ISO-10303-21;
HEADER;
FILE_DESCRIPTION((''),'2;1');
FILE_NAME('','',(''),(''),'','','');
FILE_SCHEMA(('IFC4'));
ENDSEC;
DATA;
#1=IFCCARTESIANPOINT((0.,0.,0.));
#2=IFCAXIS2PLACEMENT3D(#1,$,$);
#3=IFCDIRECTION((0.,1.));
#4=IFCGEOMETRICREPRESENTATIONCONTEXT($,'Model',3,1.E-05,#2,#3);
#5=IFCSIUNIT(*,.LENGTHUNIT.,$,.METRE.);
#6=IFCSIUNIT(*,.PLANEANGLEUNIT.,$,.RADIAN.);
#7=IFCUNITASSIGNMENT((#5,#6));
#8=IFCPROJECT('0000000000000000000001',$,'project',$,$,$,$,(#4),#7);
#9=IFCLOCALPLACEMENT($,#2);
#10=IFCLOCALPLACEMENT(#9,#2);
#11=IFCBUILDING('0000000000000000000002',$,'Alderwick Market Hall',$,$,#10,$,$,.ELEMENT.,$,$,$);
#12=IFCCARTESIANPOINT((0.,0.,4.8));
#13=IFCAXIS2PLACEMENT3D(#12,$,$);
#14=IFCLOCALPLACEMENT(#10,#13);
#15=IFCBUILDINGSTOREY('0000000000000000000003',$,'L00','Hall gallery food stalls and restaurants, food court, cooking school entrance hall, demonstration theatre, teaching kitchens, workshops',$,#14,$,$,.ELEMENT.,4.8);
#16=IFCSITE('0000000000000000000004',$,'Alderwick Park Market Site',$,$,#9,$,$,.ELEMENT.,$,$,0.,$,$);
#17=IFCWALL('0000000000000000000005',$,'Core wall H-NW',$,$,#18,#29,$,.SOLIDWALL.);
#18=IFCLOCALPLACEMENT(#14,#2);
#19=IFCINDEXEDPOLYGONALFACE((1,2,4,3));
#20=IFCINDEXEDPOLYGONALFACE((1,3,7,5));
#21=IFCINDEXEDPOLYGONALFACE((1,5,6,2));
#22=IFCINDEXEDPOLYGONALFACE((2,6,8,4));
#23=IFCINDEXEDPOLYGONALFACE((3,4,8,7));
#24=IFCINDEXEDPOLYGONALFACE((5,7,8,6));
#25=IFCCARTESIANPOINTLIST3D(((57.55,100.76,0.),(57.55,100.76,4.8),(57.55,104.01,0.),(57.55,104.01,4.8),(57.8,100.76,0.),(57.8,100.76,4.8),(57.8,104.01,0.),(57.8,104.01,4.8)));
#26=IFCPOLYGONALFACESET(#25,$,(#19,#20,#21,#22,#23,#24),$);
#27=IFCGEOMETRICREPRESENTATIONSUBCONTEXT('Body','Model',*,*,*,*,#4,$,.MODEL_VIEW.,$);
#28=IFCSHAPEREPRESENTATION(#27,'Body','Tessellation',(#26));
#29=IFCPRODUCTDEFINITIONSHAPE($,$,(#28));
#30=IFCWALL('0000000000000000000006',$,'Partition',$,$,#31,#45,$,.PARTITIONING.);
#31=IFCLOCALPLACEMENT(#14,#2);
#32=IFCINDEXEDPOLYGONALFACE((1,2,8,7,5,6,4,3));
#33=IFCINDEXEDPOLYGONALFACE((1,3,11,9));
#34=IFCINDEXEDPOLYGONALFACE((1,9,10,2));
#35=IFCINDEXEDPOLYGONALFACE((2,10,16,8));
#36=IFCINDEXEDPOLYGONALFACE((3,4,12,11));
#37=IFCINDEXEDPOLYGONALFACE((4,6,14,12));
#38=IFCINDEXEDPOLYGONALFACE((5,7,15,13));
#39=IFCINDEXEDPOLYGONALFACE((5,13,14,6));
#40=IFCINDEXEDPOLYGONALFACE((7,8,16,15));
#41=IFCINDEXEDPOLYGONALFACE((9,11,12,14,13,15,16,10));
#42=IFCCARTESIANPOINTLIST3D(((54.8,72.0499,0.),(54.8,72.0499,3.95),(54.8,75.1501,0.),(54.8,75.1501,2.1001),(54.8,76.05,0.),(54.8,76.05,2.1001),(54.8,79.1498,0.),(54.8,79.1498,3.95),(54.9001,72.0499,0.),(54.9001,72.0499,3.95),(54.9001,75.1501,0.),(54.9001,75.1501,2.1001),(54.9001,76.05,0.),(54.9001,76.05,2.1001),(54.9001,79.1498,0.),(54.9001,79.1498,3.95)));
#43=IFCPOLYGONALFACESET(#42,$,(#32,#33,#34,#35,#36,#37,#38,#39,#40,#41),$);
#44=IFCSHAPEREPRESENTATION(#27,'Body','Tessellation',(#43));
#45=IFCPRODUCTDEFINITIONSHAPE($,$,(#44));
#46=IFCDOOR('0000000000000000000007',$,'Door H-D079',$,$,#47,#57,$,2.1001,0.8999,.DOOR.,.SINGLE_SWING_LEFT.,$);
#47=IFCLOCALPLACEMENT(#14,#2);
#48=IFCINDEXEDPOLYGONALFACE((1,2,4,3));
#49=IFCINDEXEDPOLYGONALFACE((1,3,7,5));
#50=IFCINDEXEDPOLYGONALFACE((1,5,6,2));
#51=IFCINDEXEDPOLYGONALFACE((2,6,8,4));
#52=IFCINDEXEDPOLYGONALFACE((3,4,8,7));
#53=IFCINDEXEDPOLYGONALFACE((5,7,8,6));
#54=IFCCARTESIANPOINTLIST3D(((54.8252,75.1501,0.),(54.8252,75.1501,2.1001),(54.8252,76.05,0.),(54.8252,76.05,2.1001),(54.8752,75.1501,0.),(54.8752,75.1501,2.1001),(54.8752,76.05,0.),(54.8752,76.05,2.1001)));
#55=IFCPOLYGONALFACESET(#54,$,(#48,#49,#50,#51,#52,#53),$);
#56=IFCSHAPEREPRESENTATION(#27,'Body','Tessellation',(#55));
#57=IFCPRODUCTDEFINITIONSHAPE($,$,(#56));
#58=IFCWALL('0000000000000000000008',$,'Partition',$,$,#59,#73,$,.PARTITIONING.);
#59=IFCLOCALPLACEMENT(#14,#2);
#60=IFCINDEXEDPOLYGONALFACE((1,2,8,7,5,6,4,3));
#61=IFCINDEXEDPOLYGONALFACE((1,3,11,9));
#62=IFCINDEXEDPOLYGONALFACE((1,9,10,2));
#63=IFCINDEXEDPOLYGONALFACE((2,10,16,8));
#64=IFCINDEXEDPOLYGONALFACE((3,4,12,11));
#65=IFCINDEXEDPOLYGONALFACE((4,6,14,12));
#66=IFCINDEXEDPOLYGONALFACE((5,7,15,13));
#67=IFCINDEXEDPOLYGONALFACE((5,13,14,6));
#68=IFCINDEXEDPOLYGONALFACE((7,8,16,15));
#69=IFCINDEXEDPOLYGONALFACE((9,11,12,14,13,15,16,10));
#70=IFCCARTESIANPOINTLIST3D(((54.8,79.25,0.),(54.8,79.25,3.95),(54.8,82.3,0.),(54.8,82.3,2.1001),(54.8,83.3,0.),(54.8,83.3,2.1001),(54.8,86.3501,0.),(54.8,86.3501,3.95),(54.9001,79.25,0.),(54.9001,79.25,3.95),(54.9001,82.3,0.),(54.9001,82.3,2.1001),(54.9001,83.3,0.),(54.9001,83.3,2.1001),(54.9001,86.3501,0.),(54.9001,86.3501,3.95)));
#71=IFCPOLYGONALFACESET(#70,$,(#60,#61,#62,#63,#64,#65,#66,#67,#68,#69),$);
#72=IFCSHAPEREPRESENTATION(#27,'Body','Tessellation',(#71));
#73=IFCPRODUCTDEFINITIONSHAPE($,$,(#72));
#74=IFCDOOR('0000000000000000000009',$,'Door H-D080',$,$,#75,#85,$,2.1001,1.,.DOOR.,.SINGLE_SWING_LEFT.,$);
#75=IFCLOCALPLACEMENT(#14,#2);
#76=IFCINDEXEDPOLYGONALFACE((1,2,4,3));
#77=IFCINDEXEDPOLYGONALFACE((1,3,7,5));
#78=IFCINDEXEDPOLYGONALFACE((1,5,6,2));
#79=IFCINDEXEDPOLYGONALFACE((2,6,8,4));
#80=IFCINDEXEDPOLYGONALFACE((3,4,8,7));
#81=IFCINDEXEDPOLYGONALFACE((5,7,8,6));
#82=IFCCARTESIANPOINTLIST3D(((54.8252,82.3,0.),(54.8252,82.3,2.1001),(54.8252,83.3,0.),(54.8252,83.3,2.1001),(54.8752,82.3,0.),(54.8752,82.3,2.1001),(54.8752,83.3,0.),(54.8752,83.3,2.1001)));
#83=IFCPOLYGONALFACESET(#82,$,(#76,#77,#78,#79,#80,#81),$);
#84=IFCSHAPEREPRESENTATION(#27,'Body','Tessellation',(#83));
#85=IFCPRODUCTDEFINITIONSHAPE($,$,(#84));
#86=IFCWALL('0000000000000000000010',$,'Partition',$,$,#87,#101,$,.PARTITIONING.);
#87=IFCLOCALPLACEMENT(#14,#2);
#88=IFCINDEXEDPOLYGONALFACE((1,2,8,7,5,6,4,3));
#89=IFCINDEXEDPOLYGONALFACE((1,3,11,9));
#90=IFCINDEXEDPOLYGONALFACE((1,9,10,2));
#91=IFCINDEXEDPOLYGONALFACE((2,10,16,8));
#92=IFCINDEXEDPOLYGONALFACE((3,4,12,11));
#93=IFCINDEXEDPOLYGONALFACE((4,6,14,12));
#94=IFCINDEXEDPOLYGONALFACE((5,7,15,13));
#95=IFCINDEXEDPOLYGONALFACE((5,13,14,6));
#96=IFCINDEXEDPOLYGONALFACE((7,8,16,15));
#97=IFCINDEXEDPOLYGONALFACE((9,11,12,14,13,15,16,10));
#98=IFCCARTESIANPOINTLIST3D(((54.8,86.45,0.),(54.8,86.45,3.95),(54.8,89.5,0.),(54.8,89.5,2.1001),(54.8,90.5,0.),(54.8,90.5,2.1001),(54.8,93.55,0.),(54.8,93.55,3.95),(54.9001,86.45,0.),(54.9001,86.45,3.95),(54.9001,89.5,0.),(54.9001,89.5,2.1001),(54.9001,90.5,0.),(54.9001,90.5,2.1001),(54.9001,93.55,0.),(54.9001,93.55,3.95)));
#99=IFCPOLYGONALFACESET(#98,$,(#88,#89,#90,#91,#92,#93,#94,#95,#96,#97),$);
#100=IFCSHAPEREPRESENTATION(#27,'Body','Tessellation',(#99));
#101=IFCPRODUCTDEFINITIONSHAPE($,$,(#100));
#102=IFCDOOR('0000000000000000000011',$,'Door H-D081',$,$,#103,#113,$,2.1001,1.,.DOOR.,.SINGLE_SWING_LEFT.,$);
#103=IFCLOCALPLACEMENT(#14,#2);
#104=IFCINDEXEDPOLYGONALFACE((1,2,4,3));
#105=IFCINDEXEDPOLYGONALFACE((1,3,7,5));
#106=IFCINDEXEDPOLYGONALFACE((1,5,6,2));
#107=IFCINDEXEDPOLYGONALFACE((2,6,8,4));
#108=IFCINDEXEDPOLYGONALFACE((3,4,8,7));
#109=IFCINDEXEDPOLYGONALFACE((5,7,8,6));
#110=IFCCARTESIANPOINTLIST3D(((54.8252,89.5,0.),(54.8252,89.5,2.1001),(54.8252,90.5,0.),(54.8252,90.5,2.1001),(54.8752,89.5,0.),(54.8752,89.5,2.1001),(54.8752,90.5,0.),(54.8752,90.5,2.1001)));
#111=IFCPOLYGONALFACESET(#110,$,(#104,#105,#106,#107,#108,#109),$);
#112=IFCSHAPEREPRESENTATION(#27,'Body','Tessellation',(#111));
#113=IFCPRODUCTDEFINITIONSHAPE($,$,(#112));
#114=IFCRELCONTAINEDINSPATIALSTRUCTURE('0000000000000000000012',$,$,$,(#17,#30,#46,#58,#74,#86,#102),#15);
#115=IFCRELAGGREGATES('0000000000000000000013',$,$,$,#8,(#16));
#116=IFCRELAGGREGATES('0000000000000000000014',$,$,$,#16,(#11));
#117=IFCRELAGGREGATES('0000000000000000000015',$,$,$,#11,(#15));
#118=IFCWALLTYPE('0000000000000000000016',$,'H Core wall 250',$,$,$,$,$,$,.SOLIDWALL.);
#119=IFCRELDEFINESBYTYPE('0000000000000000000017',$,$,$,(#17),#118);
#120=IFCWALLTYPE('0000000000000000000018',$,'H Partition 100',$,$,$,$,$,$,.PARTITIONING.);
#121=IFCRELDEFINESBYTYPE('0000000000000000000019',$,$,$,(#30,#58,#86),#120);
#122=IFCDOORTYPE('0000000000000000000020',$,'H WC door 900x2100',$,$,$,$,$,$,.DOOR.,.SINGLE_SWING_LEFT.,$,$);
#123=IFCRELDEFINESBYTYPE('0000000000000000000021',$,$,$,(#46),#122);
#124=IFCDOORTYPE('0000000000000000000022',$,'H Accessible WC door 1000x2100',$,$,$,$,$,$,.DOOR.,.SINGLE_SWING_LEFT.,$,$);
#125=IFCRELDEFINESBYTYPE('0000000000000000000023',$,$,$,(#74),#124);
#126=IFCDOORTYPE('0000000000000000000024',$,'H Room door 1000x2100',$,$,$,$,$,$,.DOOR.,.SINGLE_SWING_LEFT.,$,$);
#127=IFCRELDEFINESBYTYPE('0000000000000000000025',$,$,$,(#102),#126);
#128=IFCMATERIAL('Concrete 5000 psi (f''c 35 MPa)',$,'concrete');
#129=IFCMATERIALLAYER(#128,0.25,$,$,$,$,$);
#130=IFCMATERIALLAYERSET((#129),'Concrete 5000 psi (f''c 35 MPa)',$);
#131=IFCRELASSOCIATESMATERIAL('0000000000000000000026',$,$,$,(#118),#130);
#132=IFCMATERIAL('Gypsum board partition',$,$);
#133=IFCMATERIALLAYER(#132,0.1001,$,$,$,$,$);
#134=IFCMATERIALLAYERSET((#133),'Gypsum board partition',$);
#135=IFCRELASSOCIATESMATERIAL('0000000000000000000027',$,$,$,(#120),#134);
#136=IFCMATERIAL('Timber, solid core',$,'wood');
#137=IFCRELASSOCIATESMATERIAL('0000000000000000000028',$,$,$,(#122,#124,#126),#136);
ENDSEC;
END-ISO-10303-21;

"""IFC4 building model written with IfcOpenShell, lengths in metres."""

from ifc_helpers import new_model, si_unit, direction, frame, frame_2d, origin, place, context, subcontext, project, spatial, rectangle, extrude, material, layer, layer_set, type_object, element, fill, save


model = new_model("IFC4")

# Units and contexts
model_context = context("Model", 3, precision=1e-05, world=origin(), true_north=direction((0.0, 1.0)))
body_context = subcontext(model_context, "Body", "Model", "MODEL_VIEW")
ifc_project = project(units=[si_unit("LENGTHUNIT", "METRE"), si_unit("PLANEANGLEUNIT", "RADIAN")], contexts=[model_context])

# Site, building, storey
site_placement = place(None, origin())
site = spatial("IfcSite", under=ifc_project, at=site_placement, Name="Alderwick Park Market Site", CompositionType="ELEMENT", RefElevation=0.0)
building_placement = place(site_placement, origin())
building = spatial("IfcBuilding", under=site, at=building_placement, Name="Alderwick Market Hall", CompositionType="ELEMENT")
storey_placement = place(building_placement, frame((0.0, 0.0, 4.8)))
storey = spatial("IfcBuildingStorey", under=building, at=storey_placement, Name="L00", Description="Hall gallery food stalls and restaurants, food court, cooking school entrance hall, demonstration theatre, teaching kitchens, workshops", CompositionType="ELEMENT", Elevation=4.8)

# Shared definitions
ifc_material_1 = material(Name="Concrete 5000 psi (f'c 35 MPa)", Category="concrete")

# Shared definitions
ifc_layer_1 = layer(ifc_material_1, 0.25)
ifc_layer_set_1 = layer_set([ifc_layer_1], Name="Concrete 5000 psi (f'c 35 MPa)")
wall_type_1 = type_object("IfcWallType", Name="H Core wall 250", PredefinedType="SOLIDWALL", material=ifc_layer_set_1)

# Wall
wall_1_placement = place(storey_placement, frame((57.675, 100.76, 0.0), z_axis=(0.0, 0.0, 1.0), x_axis=(0.0, 1.0, 0.0)))
element("IfcWall", 1, at=wall_1_placement, inside=storey, type_object=wall_type_1, Name="Core wall H-NW", PredefinedType="SOLIDWALL", context=body_context, shape_type="SweptSolid", body=[
    extrude(rectangle(XDim=3.25, YDim=0.25, at=frame_2d((1.625, 0.0))), origin(), (0.0, 0.0, 1.0), 4.8),
])

# Walls, openings, doors
ifc_material_2 = material(Name="Gypsum board partition")
ifc_layer_2 = layer(ifc_material_2, 0.1001)
ifc_layer_set_2 = layer_set([ifc_layer_2], Name="Gypsum board partition")
wall_type_2 = type_object("IfcWallType", Name="H Partition 100", PredefinedType="PARTITIONING", material=ifc_layer_set_2)
wall_2_placement = place(storey_placement, frame((54.8501, 72.05, 0.0), z_axis=(0.0, 0.0, 1.0), x_axis=(0.0, 1.0, 0.0)))
wall_2 = element("IfcWall", 2, at=wall_2_placement, inside=storey, type_object=wall_type_2, Name="Partition", PredefinedType="PARTITIONING", context=body_context, shape_type="SweptSolid", body=[
    extrude(rectangle(XDim=7.0999, YDim=0.1001, at=frame_2d((3.5498, 0.0))), origin(), (0.0, 0.0, 1.0), 3.95),
])
opening_1_placement = place(wall_2_placement, frame((3.1001, 0.0, 0.0)))
opening_1 = element("IfcOpeningElement", 3, at=opening_1_placement, cuts=wall_2, PredefinedType="OPENING", context=body_context, shape_type="SweptSolid", body=[
    extrude(rectangle(XDim=0.8999, YDim=2.1001, at=frame_2d((0.45, 1.05))), frame((0.0, 0.0601, 0.0), z_axis=(0.0, -1.0, 0.0), x_axis=(1.0, 0.0, 0.0)), (0.0, 0.0, 1.0), 0.1201),
])
ifc_material_3 = material(Name="Timber, solid core", Category="wood")
door_type_1 = type_object("IfcDoorType", Name="H WC door 900x2100", OperationType="SINGLE_SWING_LEFT", PredefinedType="DOOR", material=ifc_material_3)
door_1_placement = place(opening_1_placement, origin())
door_1 = element("IfcDoor", 4, at=door_1_placement, inside=storey, type_object=door_type_1, Name="Door H-D079", OperationType="SINGLE_SWING_LEFT", OverallHeight=2.1001, OverallWidth=0.8999, PredefinedType="DOOR", context=body_context, shape_type="SweptSolid", body=[
    extrude(rectangle(XDim=0.8999, YDim=2.1001, at=frame_2d((0.45, 1.05))), frame((0.0, 0.0249, 0.0), z_axis=(0.0, -1.0, 0.0), x_axis=(1.0, 0.0, 0.0)), (0.0, 0.0, 1.0), 0.05),
])
fill(opening_1, door_1)
wall_3_placement = place(storey_placement, frame((54.8501, 79.25, 0.0), z_axis=(0.0, 0.0, 1.0), x_axis=(0.0, 1.0, 0.0)))
wall_3 = element("IfcWall", 5, at=wall_3_placement, inside=storey, type_object=wall_type_2, Name="Partition", PredefinedType="PARTITIONING", context=body_context, shape_type="SweptSolid", body=[
    extrude(rectangle(XDim=7.1001, YDim=0.1001, at=frame_2d((3.55, 0.0))), origin(), (0.0, 0.0, 1.0), 3.95),
])
opening_2_placement = place(wall_3_placement, frame((3.05, 0.0, 0.0)))
opening_2 = element("IfcOpeningElement", 6, at=opening_2_placement, cuts=wall_3, PredefinedType="OPENING", context=body_context, shape_type="SweptSolid", body=[
    extrude(rectangle(XDim=1.0, YDim=2.1001, at=frame_2d((0.5, 1.05))), frame((0.0, 0.0601, 0.0), z_axis=(0.0, -1.0, 0.0), x_axis=(1.0, 0.0, 0.0)), (0.0, 0.0, 1.0), 0.1201),
])
door_type_2 = type_object("IfcDoorType", Name="H Accessible WC door 1000x2100", OperationType="SINGLE_SWING_LEFT", PredefinedType="DOOR", material=ifc_material_3)
door_2_placement = place(opening_2_placement, origin())
door_2 = element("IfcDoor", 7, at=door_2_placement, inside=storey, type_object=door_type_2, Name="Door H-D080", OperationType="SINGLE_SWING_LEFT", OverallHeight=2.1001, OverallWidth=1.0, PredefinedType="DOOR", context=body_context, shape_type="SweptSolid", body=[
    extrude(rectangle(XDim=1.0, YDim=2.1001, at=frame_2d((0.5, 1.05))), frame((0.0, 0.0249, 0.0), z_axis=(0.0, -1.0, 0.0), x_axis=(1.0, 0.0, 0.0)), (0.0, 0.0, 1.0), 0.05),
])
fill(opening_2, door_2)
wall_4_placement = place(storey_placement, frame((54.8501, 86.45, 0.0), z_axis=(0.0, 0.0, 1.0), x_axis=(0.0, 1.0, 0.0)))
wall_4 = element("IfcWall", 8, at=wall_4_placement, inside=storey, type_object=wall_type_2, Name="Partition", PredefinedType="PARTITIONING", context=body_context, shape_type="SweptSolid", body=[
    extrude(rectangle(XDim=7.1001, YDim=0.1001, at=frame_2d((3.55, 0.0))), origin(), (0.0, 0.0, 1.0), 3.95),
])
opening_3_placement = place(wall_4_placement, frame((3.05, 0.0, 0.0)))
opening_3 = element("IfcOpeningElement", 9, at=opening_3_placement, cuts=wall_4, PredefinedType="OPENING", context=body_context, shape_type="SweptSolid", body=[
    extrude(rectangle(XDim=1.0, YDim=2.1001, at=frame_2d((0.5, 1.05))), frame((0.0, 0.0601, 0.0), z_axis=(0.0, -1.0, 0.0), x_axis=(1.0, 0.0, 0.0)), (0.0, 0.0, 1.0), 0.1201),
])
door_type_3 = type_object("IfcDoorType", Name="H Room door 1000x2100", OperationType="SINGLE_SWING_LEFT", PredefinedType="DOOR", material=ifc_material_3)
door_3_placement = place(opening_3_placement, origin())
door_3 = element("IfcDoor", 10, at=door_3_placement, inside=storey, type_object=door_type_3, Name="Door H-D081", OperationType="SINGLE_SWING_LEFT", OverallHeight=2.1001, OverallWidth=1.0, PredefinedType="DOOR", context=body_context, shape_type="SweptSolid", body=[
    extrude(rectangle(XDim=1.0, YDim=2.1001, at=frame_2d((0.5, 1.05))), frame((0.0, 0.0249, 0.0), z_axis=(0.0, -1.0, 0.0), x_axis=(1.0, 0.0, 0.0)), (0.0, 0.0, 1.0), 0.05),
])
fill(opening_3, door_3)

save(model, "model.ifc")
